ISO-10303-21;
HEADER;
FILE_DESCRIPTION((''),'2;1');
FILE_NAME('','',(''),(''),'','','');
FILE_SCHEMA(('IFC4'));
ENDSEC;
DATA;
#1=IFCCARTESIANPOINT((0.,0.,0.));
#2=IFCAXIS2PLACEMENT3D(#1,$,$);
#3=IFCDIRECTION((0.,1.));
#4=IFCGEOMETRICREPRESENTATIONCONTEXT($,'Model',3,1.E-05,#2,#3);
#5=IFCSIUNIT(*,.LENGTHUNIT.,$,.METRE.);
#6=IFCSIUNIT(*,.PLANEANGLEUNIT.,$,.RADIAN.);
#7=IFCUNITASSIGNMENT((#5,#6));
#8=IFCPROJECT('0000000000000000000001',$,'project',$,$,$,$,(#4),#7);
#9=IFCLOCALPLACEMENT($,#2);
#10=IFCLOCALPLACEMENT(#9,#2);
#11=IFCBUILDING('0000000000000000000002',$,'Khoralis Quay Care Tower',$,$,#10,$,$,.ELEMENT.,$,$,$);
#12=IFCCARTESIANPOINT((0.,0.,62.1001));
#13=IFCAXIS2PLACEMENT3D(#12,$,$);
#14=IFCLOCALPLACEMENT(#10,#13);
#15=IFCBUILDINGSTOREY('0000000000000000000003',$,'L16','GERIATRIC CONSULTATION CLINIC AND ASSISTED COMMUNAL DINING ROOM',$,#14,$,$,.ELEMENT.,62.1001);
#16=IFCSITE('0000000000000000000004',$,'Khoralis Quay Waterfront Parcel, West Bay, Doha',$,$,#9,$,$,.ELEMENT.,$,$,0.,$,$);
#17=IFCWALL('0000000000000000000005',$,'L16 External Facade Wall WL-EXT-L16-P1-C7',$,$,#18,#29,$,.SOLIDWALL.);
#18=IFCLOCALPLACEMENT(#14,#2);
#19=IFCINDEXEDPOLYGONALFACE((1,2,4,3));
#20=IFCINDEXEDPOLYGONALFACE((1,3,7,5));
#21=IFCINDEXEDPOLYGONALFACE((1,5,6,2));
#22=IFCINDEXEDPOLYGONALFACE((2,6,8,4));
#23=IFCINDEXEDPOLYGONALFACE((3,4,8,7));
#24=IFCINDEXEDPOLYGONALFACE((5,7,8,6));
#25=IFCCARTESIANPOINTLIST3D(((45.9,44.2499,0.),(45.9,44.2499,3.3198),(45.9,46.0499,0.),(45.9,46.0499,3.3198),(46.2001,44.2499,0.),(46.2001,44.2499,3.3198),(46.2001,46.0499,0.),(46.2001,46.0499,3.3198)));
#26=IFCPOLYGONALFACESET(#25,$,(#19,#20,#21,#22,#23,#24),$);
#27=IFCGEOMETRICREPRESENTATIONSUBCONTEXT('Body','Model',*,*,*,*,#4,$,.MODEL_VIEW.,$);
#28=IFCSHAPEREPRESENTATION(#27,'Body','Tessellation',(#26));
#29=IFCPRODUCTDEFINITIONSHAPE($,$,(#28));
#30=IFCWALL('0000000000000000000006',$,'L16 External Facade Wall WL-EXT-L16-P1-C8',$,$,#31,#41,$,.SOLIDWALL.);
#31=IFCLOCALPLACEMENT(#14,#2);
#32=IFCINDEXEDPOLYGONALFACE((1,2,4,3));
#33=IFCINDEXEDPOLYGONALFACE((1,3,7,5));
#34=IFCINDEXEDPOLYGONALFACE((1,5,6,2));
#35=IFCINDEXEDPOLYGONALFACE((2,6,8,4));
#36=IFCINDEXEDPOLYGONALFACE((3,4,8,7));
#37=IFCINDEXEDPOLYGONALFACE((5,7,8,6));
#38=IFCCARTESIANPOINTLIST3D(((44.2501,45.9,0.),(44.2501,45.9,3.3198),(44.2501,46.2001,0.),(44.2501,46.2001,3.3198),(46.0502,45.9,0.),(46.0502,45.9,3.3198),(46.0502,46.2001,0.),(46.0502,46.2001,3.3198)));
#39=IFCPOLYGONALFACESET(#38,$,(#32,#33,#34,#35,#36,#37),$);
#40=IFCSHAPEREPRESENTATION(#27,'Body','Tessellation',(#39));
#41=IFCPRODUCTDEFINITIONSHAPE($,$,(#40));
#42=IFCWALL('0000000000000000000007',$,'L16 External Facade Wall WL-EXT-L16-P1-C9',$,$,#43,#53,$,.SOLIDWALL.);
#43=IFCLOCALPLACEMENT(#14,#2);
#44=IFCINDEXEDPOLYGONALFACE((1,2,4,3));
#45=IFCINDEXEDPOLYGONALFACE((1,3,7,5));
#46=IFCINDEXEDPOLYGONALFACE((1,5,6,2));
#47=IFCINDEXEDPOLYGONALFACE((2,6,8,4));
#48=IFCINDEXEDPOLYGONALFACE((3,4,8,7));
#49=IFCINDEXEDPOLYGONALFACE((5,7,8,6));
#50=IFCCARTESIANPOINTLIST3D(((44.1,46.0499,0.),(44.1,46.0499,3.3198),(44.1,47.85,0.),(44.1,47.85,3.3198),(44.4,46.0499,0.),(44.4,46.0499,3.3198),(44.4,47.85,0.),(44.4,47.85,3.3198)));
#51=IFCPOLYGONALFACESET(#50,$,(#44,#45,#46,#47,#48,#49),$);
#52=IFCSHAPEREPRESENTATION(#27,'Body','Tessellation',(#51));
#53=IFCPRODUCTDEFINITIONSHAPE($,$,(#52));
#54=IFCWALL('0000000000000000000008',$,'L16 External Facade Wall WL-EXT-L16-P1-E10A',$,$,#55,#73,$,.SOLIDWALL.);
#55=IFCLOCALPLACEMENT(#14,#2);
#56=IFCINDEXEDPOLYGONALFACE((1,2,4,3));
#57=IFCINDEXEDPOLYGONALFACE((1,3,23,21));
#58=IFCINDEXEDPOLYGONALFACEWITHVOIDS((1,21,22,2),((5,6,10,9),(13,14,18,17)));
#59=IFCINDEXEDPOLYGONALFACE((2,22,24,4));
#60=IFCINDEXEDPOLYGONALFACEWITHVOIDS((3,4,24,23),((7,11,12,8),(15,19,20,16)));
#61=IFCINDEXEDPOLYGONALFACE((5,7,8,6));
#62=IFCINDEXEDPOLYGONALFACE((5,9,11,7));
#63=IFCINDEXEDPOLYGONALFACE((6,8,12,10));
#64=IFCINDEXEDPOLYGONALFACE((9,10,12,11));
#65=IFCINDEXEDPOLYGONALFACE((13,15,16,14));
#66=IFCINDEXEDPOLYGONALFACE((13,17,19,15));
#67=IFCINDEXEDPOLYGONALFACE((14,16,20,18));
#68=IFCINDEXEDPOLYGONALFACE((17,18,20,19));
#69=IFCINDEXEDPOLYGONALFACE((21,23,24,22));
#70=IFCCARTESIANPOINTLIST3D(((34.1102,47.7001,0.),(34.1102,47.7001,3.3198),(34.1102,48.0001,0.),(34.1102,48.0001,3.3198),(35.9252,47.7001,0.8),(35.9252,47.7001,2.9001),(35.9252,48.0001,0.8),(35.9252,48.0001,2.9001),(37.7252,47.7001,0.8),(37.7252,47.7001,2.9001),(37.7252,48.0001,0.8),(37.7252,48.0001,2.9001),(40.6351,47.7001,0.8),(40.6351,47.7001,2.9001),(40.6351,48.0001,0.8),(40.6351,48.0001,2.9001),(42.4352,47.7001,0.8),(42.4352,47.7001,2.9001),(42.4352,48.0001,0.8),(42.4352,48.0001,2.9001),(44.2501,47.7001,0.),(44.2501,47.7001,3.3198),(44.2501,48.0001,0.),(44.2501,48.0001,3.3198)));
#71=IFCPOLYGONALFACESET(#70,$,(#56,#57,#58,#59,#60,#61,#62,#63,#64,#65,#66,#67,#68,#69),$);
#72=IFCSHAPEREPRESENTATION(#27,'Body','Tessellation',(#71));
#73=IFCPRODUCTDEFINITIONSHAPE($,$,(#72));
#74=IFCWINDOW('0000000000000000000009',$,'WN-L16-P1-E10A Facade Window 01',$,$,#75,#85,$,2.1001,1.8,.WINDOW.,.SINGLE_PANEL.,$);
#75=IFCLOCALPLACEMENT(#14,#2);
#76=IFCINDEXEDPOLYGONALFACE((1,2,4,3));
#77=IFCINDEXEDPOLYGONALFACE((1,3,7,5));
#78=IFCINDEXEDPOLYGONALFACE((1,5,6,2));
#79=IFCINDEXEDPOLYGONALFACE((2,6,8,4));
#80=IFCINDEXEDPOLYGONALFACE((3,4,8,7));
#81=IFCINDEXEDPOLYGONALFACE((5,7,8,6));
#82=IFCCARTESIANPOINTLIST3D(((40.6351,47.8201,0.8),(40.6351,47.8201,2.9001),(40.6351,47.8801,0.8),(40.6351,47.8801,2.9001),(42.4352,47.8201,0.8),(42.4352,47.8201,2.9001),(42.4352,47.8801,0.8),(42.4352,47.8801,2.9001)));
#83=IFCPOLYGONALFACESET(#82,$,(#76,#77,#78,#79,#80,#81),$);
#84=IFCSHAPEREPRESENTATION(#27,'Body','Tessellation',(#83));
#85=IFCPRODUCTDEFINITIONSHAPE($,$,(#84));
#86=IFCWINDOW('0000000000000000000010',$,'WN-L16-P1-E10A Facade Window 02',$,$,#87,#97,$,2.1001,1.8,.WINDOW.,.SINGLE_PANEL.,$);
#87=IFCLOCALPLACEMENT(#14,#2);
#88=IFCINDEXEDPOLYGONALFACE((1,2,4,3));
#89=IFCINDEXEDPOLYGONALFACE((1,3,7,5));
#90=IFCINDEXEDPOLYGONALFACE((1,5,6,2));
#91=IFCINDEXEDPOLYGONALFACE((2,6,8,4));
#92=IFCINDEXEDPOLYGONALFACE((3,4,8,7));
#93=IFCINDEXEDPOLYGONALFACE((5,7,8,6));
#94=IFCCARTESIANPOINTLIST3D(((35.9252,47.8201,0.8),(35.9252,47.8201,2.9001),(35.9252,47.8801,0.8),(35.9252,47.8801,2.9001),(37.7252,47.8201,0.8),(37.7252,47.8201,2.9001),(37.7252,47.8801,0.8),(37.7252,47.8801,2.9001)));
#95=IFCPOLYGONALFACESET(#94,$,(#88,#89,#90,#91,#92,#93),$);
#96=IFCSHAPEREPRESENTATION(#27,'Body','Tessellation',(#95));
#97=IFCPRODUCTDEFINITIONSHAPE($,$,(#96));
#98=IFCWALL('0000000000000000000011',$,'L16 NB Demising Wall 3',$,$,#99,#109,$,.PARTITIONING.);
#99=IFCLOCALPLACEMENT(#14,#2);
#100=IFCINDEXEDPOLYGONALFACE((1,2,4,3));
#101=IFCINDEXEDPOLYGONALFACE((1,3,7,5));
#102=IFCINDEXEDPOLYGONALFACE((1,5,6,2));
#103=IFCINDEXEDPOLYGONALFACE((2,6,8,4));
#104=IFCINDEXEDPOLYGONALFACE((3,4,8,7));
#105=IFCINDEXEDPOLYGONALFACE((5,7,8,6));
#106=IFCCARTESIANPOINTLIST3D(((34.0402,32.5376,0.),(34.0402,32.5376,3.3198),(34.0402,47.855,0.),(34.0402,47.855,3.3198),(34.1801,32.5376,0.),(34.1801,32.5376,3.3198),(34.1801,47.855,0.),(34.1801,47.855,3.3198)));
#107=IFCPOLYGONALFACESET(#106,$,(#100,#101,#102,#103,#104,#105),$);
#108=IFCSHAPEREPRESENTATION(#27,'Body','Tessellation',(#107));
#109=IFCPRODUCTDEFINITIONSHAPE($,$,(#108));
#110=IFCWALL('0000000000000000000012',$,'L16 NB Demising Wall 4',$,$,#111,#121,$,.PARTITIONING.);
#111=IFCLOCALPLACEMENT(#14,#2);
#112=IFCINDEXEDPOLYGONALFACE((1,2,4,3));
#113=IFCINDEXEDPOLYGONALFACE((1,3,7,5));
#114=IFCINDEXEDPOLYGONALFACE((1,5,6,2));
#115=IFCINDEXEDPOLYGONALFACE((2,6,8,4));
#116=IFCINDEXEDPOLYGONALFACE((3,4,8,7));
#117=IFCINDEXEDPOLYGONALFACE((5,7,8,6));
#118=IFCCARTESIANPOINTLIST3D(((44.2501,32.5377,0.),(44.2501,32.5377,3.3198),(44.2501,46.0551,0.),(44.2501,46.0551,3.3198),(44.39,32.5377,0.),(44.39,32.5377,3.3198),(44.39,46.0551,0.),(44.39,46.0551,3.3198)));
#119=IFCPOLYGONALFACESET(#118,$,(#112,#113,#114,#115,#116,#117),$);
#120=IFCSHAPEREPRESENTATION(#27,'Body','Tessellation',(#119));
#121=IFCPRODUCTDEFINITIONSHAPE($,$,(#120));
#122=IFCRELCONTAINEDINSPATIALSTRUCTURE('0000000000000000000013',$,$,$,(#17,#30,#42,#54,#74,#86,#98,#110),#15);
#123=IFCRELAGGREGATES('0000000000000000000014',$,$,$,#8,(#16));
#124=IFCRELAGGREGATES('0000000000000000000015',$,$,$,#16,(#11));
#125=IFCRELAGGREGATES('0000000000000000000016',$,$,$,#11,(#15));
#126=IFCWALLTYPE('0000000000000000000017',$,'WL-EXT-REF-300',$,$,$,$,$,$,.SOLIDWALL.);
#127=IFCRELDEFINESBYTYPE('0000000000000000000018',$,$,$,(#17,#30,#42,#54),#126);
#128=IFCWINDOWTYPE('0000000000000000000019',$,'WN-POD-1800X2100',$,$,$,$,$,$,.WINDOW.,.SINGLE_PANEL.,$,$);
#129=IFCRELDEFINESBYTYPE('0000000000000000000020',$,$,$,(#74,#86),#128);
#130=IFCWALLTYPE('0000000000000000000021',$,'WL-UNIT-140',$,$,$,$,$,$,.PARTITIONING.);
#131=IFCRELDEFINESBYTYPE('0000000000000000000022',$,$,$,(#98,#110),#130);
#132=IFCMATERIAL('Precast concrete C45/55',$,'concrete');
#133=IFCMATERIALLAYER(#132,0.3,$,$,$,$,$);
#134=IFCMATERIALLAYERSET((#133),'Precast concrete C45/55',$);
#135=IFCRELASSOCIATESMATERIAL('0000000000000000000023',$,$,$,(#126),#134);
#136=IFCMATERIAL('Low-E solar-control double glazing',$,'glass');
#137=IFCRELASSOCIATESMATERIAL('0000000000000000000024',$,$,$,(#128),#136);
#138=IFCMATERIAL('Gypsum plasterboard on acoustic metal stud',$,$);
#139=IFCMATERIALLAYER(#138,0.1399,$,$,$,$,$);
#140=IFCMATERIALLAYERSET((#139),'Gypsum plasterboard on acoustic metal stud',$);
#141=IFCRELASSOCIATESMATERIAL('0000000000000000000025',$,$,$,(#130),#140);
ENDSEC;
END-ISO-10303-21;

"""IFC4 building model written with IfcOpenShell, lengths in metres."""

from ifc_helpers import new_model, si_unit, direction, frame, frame_2d, origin, place, context, subcontext, project, spatial, rectangle, extrude, source, transform, mapped, material, layer, layer_set, type_object, element, fill, save


model = new_model("IFC4")

# Units and contexts
model_context = context("Model", 3, precision=1e-05, world=origin(), true_north=direction((0.0, 1.0)))
body_context = subcontext(model_context, "Body", "Model", "MODEL_VIEW")
ifc_project = project(units=[si_unit("LENGTHUNIT", "METRE"), si_unit("PLANEANGLEUNIT", "RADIAN")], contexts=[model_context])

# Site, building, storey
site_placement = place(None, origin())
site = spatial("IfcSite", under=ifc_project, at=site_placement, Name="Khoralis Quay Waterfront Parcel, West Bay, Doha", CompositionType="ELEMENT", RefElevation=0.0)
building_placement = place(site_placement, origin())
building = spatial("IfcBuilding", under=site, at=building_placement, Name="Khoralis Quay Care Tower", CompositionType="ELEMENT")
storey_placement = place(building_placement, frame((0.0, 0.0, 62.1001)))
storey = spatial("IfcBuildingStorey", under=building, at=storey_placement, Name="L16", Description="GERIATRIC CONSULTATION CLINIC AND ASSISTED COMMUNAL DINING ROOM", CompositionType="ELEMENT", Elevation=62.1001)

# Shared definitions
ifc_material_1 = material(Name="Low-E solar-control double glazing", Category="glass")

# Shared definitions
ifc_material_2 = material(Name="Precast concrete C45/55", Category="concrete")
ifc_layer_1 = layer(ifc_material_2, 0.3)
ifc_layer_set_1 = layer_set([ifc_layer_1], Name="Precast concrete C45/55")
wall_type_1 = type_object("IfcWallType", Name="WL-EXT-REF-300", PredefinedType="SOLIDWALL", material=ifc_layer_set_1)
window_type = type_object("IfcWindowType", Name="WN-POD-1800X2100", PartitioningType="SINGLE_PANEL", PredefinedType="WINDOW", material=ifc_material_1)
shared_shape_1 = source(origin(), body_context, "Body", "SweptSolid", [
    extrude(rectangle(XDim=1.8, YDim=2.1001, at=frame_2d((0.8999, 1.05))), frame((0.0, 0.03, 0.0), z_axis=(0.0, -1.0, 0.0), x_axis=(1.0, 0.0, 0.0)), (0.0, 0.0, 1.0), 0.0601),
])

# Walls
for number, where, z_axis, x_axis, name in (
    (1, (46.05, 44.25, 0.0), (0.0, 0.0, 1.0), (0.0, 1.0, 0.0), "L16 External Facade Wall WL-EXT-L16-P1-C7"),
    (2, (46.05, 46.05, 0.0), (0.0, 0.0, 1.0), (-1.0, 0.0, 0.0), "L16 External Facade Wall WL-EXT-L16-P1-C8"),
    (3, (44.25, 46.05, 0.0), (0.0, 0.0, 1.0), (0.0, 1.0, 0.0), "L16 External Facade Wall WL-EXT-L16-P1-C9"),
):
    element("IfcWall", number, at=place(storey_placement, frame(where, z_axis=z_axis, x_axis=x_axis)), inside=storey, type_object=wall_type_1, Name=name, PredefinedType="SOLIDWALL", context=body_context, shape_type="SweptSolid", body=[
        extrude(rectangle(XDim=1.8, YDim=0.3, at=frame_2d((0.8999, 0.0))), origin(), (0.0, 0.0, 1.0), 3.3198),
    ])

# Wall, openings, windows
wall_1_placement = place(storey_placement, frame((44.25, 47.8501, 0.0), z_axis=(0.0, 0.0, 1.0), x_axis=(-1.0, 0.0, 0.0)))
wall_1 = element("IfcWall", 4, at=wall_1_placement, inside=storey, type_object=wall_type_1, Name="L16 External Facade Wall WL-EXT-L16-P1-E10A", PredefinedType="SOLIDWALL", context=body_context, shape_type="SweptSolid", body=[
    extrude(rectangle(XDim=10.1399, YDim=0.3, at=frame_2d((5.0698, 0.0))), origin(), (0.0, 0.0, 1.0), 3.3198),
])
opening_1_placement = place(wall_1_placement, frame((1.8149, 0.0, 0.8)))
opening_1 = element("IfcOpeningElement", 5, at=opening_1_placement, cuts=wall_1, PredefinedType="OPENING", context=body_context, shape_type="SweptSolid", body=[
    extrude(rectangle(XDim=1.8, YDim=2.1001, at=frame_2d((0.8999, 1.05))), frame((0.0, 0.1602, 0.0), z_axis=(0.0, -1.0, 0.0), x_axis=(1.0, 0.0, 0.0)), (0.0, 0.0, 1.0), 0.3201),
])
opening_2_placement = place(wall_1_placement, frame((6.5249, 0.0, 0.8)))
opening_2 = element("IfcOpeningElement", 6, at=opening_2_placement, cuts=wall_1, PredefinedType="OPENING", context=body_context, shape_type="SweptSolid", body=[
    extrude(rectangle(XDim=1.8, YDim=2.1001, at=frame_2d((0.8999, 1.05))), frame((0.0, 0.1602, 0.0), z_axis=(0.0, -1.0, 0.0), x_axis=(1.0, 0.0, 0.0)), (0.0, 0.0, 1.0), 0.3201),
])
window_1_placement = place(opening_1_placement, origin())
window_1 = element("IfcWindow", 7, at=window_1_placement, inside=storey, type_object=window_type, Name="WN-L16-P1-E10A Facade Window 01", OverallHeight=2.1001, OverallWidth=1.8, PartitioningType="SINGLE_PANEL", PredefinedType="WINDOW", context=body_context, shape_type="MappedRepresentation", body=[
    mapped(shared_shape_1, transform((0.0, 0.0, 0.0), scale=1.0)),
])
fill(opening_1, window_1)
window_2_placement = place(opening_2_placement, origin())
window_2 = element("IfcWindow", 8, at=window_2_placement, inside=storey, type_object=window_type, Name="WN-L16-P1-E10A Facade Window 02", OverallHeight=2.1001, OverallWidth=1.8, PartitioningType="SINGLE_PANEL", PredefinedType="WINDOW", context=body_context, shape_type="MappedRepresentation", body=[
    mapped(shared_shape_1, transform((0.0, 0.0, 0.0), scale=1.0)),
])
fill(opening_2, window_2)

# Walls
ifc_material_3 = material(Name="Gypsum plasterboard on acoustic metal stud")
ifc_layer_2 = layer(ifc_material_3, 0.1399)
ifc_layer_set_2 = layer_set([ifc_layer_2], Name="Gypsum plasterboard on acoustic metal stud")
wall_type_2 = type_object("IfcWallType", Name="WL-UNIT-140", PredefinedType="PARTITIONING", material=ifc_layer_set_2)
wall_2_placement = place(storey_placement, frame((34.1101, 32.5376, 0.0), z_axis=(0.0, 0.0, 1.0), x_axis=(0.0, 1.0, 0.0)))
element("IfcWall", 9, at=wall_2_placement, inside=storey, type_object=wall_type_2, Name="L16 NB Demising Wall 3", PredefinedType="PARTITIONING", context=body_context, shape_type="SweptSolid", body=[
    extrude(rectangle(XDim=15.3174, YDim=0.1399, at=frame_2d((7.6587, 0.0))), origin(), (0.0, 0.0, 1.0), 3.3198),
])
wall_3_placement = place(storey_placement, frame((44.3201, 32.5376, 0.0), z_axis=(0.0, 0.0, 1.0), x_axis=(0.0, 1.0, 0.0)))
element("IfcWall", 10, at=wall_3_placement, inside=storey, type_object=wall_type_2, Name="L16 NB Demising Wall 4", PredefinedType="PARTITIONING", context=body_context, shape_type="SweptSolid", body=[
    extrude(rectangle(XDim=13.5173, YDim=0.1399, at=frame_2d((6.7588, 0.0))), origin(), (0.0, 0.0, 1.0), 3.3198),
])

save(model, "model.ifc")
